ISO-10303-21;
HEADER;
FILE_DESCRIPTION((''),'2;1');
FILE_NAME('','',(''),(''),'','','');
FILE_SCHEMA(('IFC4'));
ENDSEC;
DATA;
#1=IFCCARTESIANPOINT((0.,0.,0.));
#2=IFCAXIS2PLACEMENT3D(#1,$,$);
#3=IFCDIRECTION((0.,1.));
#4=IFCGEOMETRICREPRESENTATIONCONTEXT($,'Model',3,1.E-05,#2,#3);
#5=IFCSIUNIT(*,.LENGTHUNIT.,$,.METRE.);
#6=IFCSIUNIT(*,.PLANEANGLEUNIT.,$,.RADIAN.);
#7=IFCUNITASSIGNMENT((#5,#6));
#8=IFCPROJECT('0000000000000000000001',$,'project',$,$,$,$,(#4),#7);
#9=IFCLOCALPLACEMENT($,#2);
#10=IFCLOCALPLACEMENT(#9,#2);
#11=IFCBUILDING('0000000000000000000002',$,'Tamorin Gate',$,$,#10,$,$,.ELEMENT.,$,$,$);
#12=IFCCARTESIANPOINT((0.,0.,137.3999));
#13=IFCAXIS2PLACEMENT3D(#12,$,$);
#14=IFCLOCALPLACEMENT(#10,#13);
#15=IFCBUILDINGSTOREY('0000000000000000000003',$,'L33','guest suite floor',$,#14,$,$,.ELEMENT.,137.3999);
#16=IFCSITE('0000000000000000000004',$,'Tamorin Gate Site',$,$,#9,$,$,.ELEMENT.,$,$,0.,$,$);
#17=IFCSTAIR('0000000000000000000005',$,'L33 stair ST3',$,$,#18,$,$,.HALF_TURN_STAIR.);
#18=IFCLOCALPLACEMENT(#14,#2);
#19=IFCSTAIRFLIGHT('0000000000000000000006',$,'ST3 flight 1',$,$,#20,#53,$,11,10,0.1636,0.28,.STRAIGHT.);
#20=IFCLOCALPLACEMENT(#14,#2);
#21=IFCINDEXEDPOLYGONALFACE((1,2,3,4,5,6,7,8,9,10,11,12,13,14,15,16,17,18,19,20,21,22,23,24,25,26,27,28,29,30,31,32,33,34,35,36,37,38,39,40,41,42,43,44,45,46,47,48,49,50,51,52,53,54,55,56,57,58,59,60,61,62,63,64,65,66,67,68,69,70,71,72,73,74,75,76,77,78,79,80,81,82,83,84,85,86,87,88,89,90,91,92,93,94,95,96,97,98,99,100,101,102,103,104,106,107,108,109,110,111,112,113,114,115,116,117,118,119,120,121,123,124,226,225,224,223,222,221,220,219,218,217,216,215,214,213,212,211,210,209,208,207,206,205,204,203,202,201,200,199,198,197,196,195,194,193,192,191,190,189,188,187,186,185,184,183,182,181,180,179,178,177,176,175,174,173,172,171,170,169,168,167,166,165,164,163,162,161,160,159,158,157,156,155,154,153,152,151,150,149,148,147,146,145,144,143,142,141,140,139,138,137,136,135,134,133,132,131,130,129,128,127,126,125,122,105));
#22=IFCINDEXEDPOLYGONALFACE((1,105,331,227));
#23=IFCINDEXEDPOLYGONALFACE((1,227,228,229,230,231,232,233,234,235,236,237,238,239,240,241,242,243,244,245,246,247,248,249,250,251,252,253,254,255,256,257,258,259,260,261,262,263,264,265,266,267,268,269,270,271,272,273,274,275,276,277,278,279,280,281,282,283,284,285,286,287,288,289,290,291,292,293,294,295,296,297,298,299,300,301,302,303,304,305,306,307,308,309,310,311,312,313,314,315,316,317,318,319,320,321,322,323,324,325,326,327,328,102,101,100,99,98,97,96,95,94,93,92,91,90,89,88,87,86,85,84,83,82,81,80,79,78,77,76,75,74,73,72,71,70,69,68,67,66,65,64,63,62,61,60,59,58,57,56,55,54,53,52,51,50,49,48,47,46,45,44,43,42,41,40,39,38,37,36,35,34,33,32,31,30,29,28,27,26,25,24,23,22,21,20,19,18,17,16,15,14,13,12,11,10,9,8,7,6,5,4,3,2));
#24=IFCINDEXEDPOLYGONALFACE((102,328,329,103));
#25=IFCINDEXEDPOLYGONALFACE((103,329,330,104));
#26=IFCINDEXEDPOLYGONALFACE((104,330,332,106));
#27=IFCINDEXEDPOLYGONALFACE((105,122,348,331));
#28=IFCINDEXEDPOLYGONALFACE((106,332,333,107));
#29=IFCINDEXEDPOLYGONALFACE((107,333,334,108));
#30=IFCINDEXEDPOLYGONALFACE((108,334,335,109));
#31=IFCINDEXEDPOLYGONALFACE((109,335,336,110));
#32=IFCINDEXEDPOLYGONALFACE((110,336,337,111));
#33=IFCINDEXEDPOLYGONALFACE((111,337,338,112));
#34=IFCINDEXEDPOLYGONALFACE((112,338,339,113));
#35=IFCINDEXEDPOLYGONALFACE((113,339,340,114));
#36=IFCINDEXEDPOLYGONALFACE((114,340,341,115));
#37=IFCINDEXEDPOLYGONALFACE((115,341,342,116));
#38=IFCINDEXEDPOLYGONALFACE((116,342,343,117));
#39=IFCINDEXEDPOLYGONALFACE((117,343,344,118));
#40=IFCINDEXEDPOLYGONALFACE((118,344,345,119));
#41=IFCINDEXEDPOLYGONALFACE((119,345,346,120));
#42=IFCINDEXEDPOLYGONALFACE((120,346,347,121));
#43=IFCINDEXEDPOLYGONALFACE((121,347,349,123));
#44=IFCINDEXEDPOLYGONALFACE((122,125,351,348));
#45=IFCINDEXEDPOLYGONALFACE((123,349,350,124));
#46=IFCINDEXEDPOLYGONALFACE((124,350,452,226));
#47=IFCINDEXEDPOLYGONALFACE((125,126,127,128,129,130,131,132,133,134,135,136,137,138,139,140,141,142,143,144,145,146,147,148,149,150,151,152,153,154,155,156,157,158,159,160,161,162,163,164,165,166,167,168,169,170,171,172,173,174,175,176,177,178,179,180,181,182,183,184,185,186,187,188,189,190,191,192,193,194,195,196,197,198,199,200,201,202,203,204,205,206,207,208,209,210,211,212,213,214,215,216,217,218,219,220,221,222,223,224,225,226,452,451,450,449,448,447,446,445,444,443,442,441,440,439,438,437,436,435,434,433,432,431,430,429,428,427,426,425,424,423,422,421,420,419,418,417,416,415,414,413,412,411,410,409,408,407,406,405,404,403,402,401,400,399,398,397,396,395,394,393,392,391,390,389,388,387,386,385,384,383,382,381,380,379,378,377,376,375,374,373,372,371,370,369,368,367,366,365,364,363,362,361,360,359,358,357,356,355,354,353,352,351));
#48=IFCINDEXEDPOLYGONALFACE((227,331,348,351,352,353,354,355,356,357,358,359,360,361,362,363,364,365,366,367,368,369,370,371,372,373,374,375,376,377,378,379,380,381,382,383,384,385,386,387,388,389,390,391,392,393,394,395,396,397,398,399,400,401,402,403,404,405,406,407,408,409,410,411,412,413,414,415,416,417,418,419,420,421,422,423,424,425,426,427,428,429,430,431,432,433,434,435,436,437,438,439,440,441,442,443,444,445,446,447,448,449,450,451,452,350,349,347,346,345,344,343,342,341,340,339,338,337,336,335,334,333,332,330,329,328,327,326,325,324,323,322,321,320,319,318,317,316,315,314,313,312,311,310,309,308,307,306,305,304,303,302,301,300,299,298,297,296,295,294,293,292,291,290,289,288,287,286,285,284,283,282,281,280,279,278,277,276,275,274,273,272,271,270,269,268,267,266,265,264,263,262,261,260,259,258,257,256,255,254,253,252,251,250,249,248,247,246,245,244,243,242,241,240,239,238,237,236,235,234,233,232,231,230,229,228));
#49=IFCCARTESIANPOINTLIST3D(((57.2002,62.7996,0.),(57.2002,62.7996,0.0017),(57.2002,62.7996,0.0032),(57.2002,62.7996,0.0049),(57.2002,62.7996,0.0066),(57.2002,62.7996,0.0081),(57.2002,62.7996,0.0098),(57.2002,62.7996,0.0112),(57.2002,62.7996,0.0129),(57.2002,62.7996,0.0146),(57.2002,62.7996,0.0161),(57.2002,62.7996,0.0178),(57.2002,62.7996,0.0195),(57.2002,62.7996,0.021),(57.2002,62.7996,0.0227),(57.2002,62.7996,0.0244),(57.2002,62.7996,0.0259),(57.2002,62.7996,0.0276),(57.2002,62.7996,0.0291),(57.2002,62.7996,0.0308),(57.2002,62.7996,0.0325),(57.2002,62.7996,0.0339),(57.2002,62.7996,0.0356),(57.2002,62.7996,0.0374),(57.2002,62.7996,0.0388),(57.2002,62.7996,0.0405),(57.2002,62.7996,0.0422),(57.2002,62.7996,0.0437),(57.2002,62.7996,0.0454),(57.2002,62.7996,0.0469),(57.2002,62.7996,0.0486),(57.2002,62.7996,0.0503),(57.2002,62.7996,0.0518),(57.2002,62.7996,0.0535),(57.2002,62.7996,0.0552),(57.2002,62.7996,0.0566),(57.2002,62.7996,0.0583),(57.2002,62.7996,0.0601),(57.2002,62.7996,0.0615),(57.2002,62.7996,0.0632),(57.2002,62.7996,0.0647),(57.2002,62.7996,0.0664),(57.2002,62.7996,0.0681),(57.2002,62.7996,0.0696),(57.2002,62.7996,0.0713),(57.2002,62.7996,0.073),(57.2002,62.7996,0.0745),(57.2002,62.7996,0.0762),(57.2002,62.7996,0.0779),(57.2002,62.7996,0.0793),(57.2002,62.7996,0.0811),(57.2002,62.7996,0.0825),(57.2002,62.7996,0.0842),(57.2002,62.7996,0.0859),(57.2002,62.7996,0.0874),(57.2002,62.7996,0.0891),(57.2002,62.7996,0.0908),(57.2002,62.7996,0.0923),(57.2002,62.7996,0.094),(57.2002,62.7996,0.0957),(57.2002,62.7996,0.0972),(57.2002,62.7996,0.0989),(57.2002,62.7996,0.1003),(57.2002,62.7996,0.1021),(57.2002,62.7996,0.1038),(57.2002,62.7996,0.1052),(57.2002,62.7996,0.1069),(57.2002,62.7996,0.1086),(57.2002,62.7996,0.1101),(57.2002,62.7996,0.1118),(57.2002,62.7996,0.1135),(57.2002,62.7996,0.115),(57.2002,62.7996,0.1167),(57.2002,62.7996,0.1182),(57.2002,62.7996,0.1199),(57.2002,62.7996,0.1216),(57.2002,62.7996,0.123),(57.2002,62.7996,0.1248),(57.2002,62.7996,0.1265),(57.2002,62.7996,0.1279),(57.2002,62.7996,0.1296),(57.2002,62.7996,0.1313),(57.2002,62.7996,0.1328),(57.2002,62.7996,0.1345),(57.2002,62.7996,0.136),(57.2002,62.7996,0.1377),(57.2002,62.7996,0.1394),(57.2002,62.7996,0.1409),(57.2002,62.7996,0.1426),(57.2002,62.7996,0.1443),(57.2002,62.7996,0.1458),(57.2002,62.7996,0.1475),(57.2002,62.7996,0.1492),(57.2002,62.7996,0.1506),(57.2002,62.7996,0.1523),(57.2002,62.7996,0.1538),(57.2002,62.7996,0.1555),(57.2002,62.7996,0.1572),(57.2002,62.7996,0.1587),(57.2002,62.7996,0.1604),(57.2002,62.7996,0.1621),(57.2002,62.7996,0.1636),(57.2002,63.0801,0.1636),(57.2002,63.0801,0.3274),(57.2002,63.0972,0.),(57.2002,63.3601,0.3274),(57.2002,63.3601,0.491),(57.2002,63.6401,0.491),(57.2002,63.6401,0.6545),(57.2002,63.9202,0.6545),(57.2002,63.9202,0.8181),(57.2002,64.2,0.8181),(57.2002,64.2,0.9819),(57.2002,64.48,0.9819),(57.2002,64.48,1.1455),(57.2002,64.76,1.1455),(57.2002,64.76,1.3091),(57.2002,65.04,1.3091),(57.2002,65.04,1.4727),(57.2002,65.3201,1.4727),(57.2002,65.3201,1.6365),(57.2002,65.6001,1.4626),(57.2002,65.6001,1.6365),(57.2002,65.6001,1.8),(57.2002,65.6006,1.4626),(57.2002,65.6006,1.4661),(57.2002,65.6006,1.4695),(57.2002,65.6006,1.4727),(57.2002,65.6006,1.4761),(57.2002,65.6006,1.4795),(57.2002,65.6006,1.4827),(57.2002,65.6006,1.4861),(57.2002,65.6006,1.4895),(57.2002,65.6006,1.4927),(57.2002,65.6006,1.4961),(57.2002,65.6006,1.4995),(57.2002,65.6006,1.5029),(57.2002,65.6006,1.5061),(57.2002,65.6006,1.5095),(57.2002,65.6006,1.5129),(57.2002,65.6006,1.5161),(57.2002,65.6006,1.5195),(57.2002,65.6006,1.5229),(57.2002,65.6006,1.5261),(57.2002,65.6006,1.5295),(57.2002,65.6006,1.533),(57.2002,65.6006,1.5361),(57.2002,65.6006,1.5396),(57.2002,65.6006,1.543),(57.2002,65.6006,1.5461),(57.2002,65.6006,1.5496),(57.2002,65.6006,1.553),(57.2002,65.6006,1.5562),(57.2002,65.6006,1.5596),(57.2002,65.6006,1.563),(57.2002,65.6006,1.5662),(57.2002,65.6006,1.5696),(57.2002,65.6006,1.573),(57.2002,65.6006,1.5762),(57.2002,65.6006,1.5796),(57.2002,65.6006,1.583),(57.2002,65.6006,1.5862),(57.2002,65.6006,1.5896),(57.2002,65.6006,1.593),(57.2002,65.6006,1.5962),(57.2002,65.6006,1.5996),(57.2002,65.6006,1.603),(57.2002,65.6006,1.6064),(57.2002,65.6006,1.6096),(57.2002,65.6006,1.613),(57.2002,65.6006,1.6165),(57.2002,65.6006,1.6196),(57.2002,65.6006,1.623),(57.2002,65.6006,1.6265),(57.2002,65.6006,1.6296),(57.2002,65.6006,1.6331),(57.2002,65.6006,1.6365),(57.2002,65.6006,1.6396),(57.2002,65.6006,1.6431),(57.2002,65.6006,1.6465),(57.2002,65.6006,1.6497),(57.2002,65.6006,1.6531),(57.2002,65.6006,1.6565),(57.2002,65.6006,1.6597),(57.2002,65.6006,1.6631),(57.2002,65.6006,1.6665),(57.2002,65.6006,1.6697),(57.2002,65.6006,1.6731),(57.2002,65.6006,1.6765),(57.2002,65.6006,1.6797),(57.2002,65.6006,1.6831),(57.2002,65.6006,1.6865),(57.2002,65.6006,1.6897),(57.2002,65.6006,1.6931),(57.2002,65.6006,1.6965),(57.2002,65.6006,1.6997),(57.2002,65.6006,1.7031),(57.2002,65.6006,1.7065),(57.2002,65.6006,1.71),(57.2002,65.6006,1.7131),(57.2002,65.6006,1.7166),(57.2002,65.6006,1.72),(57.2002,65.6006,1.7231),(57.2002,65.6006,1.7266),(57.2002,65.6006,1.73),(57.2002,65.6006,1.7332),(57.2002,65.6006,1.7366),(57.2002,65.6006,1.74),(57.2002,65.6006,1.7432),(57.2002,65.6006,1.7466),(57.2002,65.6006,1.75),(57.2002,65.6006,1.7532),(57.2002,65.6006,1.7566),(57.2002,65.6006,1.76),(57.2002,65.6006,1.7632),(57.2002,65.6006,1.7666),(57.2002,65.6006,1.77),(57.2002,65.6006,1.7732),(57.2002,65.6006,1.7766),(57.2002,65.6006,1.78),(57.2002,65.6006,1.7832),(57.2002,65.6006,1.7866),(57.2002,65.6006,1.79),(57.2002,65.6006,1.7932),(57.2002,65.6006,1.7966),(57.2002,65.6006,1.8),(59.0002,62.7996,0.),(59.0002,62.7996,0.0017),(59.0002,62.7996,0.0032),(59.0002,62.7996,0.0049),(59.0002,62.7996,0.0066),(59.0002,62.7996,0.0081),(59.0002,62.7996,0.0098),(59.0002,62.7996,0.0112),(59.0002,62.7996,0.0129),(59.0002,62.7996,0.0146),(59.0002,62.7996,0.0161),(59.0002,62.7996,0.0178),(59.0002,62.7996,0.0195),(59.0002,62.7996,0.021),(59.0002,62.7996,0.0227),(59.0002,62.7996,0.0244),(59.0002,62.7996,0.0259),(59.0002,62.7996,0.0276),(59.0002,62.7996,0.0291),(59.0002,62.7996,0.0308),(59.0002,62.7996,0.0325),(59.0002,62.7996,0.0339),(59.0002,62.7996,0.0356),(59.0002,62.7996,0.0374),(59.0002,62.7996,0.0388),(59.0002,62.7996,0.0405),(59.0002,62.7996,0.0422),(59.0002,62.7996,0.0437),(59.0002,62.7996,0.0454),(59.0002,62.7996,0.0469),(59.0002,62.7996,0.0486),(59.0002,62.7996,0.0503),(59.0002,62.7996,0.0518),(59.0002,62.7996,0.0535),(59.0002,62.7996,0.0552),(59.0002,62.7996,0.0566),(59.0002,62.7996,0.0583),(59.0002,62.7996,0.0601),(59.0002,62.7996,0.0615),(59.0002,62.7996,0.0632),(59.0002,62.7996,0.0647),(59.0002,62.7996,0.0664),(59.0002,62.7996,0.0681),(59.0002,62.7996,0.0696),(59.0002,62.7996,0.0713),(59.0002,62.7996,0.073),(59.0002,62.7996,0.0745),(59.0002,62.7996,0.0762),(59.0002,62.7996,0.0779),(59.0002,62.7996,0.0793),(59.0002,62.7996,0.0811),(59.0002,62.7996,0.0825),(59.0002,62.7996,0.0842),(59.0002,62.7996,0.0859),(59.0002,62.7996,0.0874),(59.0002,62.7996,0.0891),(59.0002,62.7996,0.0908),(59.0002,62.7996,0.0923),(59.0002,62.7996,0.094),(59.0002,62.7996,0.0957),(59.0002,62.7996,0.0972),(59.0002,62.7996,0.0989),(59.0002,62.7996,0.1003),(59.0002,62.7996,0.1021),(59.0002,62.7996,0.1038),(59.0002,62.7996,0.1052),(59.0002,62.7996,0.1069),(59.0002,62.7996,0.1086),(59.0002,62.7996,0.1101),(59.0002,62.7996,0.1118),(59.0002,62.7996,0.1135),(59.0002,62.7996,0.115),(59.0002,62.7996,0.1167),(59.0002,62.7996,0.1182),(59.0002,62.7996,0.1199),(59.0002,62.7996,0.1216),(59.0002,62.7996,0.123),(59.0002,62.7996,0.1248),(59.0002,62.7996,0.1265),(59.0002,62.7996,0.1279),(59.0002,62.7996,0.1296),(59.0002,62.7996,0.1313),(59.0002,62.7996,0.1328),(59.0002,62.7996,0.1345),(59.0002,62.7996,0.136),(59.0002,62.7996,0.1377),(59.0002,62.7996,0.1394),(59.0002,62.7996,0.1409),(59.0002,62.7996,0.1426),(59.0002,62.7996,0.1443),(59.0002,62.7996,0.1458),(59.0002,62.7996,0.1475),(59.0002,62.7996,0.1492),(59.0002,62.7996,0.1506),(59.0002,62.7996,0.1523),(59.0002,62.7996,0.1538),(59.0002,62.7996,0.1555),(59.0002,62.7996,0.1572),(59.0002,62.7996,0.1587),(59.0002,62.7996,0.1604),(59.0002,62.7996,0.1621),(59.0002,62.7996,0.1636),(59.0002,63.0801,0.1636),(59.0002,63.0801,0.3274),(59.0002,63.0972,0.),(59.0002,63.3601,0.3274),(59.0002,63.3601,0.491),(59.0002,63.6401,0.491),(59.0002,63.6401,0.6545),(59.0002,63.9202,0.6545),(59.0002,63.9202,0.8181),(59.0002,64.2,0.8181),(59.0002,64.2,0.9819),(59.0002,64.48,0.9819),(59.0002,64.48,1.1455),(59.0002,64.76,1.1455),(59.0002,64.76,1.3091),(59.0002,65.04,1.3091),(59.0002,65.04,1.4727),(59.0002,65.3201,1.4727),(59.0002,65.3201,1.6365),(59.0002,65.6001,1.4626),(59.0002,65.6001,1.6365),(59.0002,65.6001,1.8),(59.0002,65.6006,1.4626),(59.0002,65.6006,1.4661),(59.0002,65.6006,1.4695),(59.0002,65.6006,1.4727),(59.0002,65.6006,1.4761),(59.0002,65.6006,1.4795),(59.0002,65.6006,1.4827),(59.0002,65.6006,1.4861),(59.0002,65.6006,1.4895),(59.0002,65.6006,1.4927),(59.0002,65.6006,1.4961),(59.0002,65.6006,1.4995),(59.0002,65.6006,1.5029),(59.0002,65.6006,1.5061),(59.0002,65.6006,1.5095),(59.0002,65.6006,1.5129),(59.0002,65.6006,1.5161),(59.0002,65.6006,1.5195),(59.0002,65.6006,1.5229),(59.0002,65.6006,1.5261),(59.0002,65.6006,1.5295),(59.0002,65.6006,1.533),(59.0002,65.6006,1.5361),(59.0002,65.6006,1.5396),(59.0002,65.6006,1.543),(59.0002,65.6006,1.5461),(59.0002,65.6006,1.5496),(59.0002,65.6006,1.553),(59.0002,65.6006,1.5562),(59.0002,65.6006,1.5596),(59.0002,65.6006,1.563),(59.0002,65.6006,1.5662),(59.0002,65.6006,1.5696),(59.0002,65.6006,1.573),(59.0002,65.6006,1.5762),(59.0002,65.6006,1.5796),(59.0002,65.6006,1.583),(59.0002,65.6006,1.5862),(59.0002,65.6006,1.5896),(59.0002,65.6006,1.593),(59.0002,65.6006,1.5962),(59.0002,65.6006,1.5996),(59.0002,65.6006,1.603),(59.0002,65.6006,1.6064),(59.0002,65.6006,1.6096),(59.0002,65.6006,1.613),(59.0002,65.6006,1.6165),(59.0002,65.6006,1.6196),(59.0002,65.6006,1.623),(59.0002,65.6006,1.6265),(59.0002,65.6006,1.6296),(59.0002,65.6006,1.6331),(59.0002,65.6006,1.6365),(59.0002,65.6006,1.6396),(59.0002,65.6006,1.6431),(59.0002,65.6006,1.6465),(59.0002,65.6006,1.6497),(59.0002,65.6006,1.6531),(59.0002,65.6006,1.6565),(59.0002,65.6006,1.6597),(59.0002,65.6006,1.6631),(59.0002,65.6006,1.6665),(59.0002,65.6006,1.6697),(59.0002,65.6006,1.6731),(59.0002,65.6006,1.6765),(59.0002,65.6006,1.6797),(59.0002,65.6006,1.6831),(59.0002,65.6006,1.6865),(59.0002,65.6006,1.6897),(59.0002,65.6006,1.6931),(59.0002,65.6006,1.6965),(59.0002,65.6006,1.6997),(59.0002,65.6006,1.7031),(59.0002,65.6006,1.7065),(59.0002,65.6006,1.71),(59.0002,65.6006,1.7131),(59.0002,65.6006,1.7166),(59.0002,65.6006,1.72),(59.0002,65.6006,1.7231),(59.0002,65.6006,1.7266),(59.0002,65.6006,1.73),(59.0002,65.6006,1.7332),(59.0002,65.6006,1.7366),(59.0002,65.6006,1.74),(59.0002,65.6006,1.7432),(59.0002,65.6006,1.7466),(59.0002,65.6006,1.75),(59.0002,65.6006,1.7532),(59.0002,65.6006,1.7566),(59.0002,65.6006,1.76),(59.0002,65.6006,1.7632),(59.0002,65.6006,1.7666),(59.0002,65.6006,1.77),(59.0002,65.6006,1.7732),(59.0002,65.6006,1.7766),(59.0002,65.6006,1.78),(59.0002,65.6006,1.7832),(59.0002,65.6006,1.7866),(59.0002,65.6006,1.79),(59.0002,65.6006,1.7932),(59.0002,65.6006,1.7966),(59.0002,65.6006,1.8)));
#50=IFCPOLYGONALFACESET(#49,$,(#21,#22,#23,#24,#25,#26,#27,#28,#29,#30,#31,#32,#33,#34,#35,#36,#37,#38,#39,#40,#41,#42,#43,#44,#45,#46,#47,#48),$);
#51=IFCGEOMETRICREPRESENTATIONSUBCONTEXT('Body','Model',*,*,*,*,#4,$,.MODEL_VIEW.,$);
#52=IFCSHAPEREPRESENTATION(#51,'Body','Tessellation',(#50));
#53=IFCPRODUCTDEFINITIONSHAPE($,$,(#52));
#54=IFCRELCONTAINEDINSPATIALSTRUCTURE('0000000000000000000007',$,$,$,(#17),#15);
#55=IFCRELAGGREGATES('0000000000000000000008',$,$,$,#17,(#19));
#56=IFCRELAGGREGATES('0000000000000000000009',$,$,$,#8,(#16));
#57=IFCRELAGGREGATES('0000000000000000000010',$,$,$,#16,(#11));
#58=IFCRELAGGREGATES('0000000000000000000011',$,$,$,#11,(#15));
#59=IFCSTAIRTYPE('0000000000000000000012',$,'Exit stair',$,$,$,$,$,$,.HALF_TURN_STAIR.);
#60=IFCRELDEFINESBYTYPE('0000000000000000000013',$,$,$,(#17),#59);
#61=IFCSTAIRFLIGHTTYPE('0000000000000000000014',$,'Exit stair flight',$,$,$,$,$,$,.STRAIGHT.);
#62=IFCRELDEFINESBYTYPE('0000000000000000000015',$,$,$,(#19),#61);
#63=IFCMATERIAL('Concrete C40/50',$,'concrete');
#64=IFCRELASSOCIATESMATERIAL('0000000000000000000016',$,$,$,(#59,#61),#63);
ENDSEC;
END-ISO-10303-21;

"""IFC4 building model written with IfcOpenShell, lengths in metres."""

from ifc_helpers import new_model, si_unit, direction, frame, origin, place, context, subcontext, project, spatial, polyline, outline, extrude, material, type_object, element, aggregate, save


model = new_model("IFC4")

# Units and contexts
model_context = context("Model", 3, precision=1e-05, world=origin(), true_north=direction((0.0, 1.0)))
body_context = subcontext(model_context, "Body", "Model", "MODEL_VIEW")
ifc_project = project(units=[si_unit("LENGTHUNIT", "METRE"), si_unit("PLANEANGLEUNIT", "RADIAN")], contexts=[model_context])

# Site, building, storey
site_placement = place(None, origin())
site = spatial("IfcSite", under=ifc_project, at=site_placement, Name="Tamorin Gate Site", CompositionType="ELEMENT", RefElevation=0.0)
building_placement = place(site_placement, origin())
building = spatial("IfcBuilding", under=site, at=building_placement, Name="Tamorin Gate", CompositionType="ELEMENT")
storey_placement = place(building_placement, frame((0.0, 0.0, 137.3999)))
storey = spatial("IfcBuildingStorey", under=building, at=storey_placement, Name="L33", Description="guest suite floor", CompositionType="ELEMENT", Elevation=137.3999)

# Stair, stair flight
ifc_material_1 = material(Name="Concrete C40/50", Category="concrete")
stair_type = type_object("IfcStairType", Name="Exit stair", PredefinedType="HALF_TURN_STAIR", material=ifc_material_1)
stair_placement = place(storey_placement, origin())
stair = element("IfcStair", 1, at=stair_placement, inside=storey, type_object=stair_type, Name="L33 stair ST3", PredefinedType="HALF_TURN_STAIR")
stair_flight_type = type_object("IfcStairFlightType", Name="Exit stair flight", PredefinedType="STRAIGHT", material=ifc_material_1)
stair_flight_placement = place(storey_placement, frame((58.1001, 62.8, 0.0), z_axis=(0.0, 0.0, 1.0), x_axis=(0.0, 1.0, 0.0)))
stair_flight = element("IfcStairFlight", 2, at=stair_flight_placement, type_object=stair_flight_type, Name="ST3 flight 1", NumberOfRisers=11, NumberOfTreads=10, PredefinedType="STRAIGHT", RiserHeight=0.1636, TreadLength=0.28, context=body_context, shape_type="SweptSolid", body=[
    extrude(outline(polyline([(-0.0005, 0.0), (-0.0005, 0.0017), (-0.0005, 0.0032), (-0.0005, 0.0049), (-0.0005, 0.0066), (-0.0005, 0.0081), (-0.0005, 0.0098), (-0.0005, 0.0112), (-0.0005, 0.0129), (-0.0005, 0.0146), (-0.0005, 0.0161), (-0.0005, 0.0178), (-0.0005, 0.0195), (-0.0005, 0.021), (-0.0005, 0.0227), (-0.0005, 0.0244), (-0.0005, 0.0259), (-0.0005, 0.0276), (-0.0005, 0.0291), (-0.0005, 0.0308), (-0.0005, 0.0325), (-0.0005, 0.0339), (-0.0005, 0.0356), (-0.0005, 0.0374), (-0.0005, 0.0388), (-0.0005, 0.0405), (-0.0005, 0.0422), (-0.0005, 0.0437), (-0.0005, 0.0454), (-0.0005, 0.0469), (-0.0005, 0.0486), (-0.0005, 0.0503), (-0.0005, 0.0518), (-0.0005, 0.0535), (-0.0005, 0.0552), (-0.0005, 0.0566), (-0.0005, 0.0583), (-0.0005, 0.0601), (-0.0005, 0.0615), (-0.0005, 0.0632), (-0.0005, 0.0647), (-0.0005, 0.0664), (-0.0005, 0.0681), (-0.0005, 0.0696), (-0.0005, 0.0713), (-0.0005, 0.073), (-0.0005, 0.0745), (-0.0005, 0.0762), (-0.0005, 0.0779), (-0.0005, 0.0793), (-0.0005, 0.0811), (-0.0005, 0.0825), (-0.0005, 0.0842), (-0.0005, 0.0859), (-0.0005, 0.0874), (-0.0005, 0.0891), (-0.0005, 0.0908), (-0.0005, 0.0923), (-0.0005, 0.094), (-0.0005, 0.0957), (-0.0005, 0.0972), (-0.0005, 0.0989), (-0.0005, 0.1003), (-0.0005, 0.1021), (-0.0005, 0.1038), (-0.0005, 0.1052), (-0.0005, 0.1069), (-0.0005, 0.1086), (-0.0005, 0.1101), (-0.0005, 0.1118), (-0.0005, 0.1135), (-0.0005, 0.115), (-0.0005, 0.1167), (-0.0005, 0.1182), (-0.0005, 0.1199), (-0.0005, 0.1216), (-0.0005, 0.123), (-0.0005, 0.1248), (-0.0005, 0.1265), (-0.0005, 0.1279), (-0.0005, 0.1296), (-0.0005, 0.1313), (-0.0005, 0.1328), (-0.0005, 0.1345), (-0.0005, 0.136), (-0.0005, 0.1377), (-0.0005, 0.1394), (-0.0005, 0.1409), (-0.0005, 0.1426), (-0.0005, 0.1443), (-0.0005, 0.1458), (-0.0005, 0.1475), (-0.0005, 0.1492), (-0.0005, 0.1506), (-0.0005, 0.1523), (-0.0005, 0.1538), (-0.0005, 0.1555), (-0.0005, 0.1572), (-0.0005, 0.1587), (-0.0005, 0.1604), (-0.0005, 0.1621), (-0.0005, 0.1636), (0.28, 0.1636), (0.28, 0.3274), (0.5601, 0.3274), (0.5601, 0.491), (0.8401, 0.491), (0.8401, 0.6545), (1.1201, 0.6545), (1.1201, 0.8181), (1.3999, 0.8181), (1.3999, 0.9819), (1.6799, 0.9819), (1.6799, 1.1455), (1.96, 1.1455), (1.96, 1.3091), (2.24, 1.3091), (2.24, 1.4727), (2.52, 1.4727), (2.52, 1.6365), (2.8, 1.6365), (2.8, 1.8), (2.8005, 1.8), (2.8005, 1.7966), (2.8005, 1.7932), (2.8005, 1.79), (2.8005, 1.7866), (2.8005, 1.7832), (2.8005, 1.78), (2.8005, 1.7766), (2.8005, 1.7732), (2.8005, 1.77), (2.8005, 1.7666), (2.8005, 1.7632), (2.8005, 1.76), (2.8005, 1.7566), (2.8005, 1.7532), (2.8005, 1.75), (2.8005, 1.7466), (2.8005, 1.7432), (2.8005, 1.74), (2.8005, 1.7366), (2.8005, 1.7332), (2.8005, 1.73), (2.8005, 1.7266), (2.8005, 1.7231), (2.8005, 1.72), (2.8005, 1.7166), (2.8005, 1.7131), (2.8005, 1.71), (2.8005, 1.7065), (2.8005, 1.7031), (2.8005, 1.6997), (2.8005, 1.6965), (2.8005, 1.6931), (2.8005, 1.6897), (2.8005, 1.6865), (2.8005, 1.6831), (2.8005, 1.6797), (2.8005, 1.6765), (2.8005, 1.6731), (2.8005, 1.6697), (2.8005, 1.6665), (2.8005, 1.6631), (2.8005, 1.6597), (2.8005, 1.6565), (2.8005, 1.6531), (2.8005, 1.6497), (2.8005, 1.6465), (2.8005, 1.6431), (2.8005, 1.6396), (2.8005, 1.6365), (2.8005, 1.6331), (2.8005, 1.6296), (2.8005, 1.6265), (2.8005, 1.623), (2.8005, 1.6196), (2.8005, 1.6165), (2.8005, 1.613), (2.8005, 1.6096), (2.8005, 1.6064), (2.8005, 1.603), (2.8005, 1.5996), (2.8005, 1.5962), (2.8005, 1.593), (2.8005, 1.5896), (2.8005, 1.5862), (2.8005, 1.583), (2.8005, 1.5796), (2.8005, 1.5762), (2.8005, 1.573), (2.8005, 1.5696), (2.8005, 1.5662), (2.8005, 1.563), (2.8005, 1.5596), (2.8005, 1.5562), (2.8005, 1.553), (2.8005, 1.5496), (2.8005, 1.5461), (2.8005, 1.543), (2.8005, 1.5396), (2.8005, 1.5361), (2.8005, 1.533), (2.8005, 1.5295), (2.8005, 1.5261), (2.8005, 1.5229), (2.8005, 1.5195), (2.8005, 1.5161), (2.8005, 1.5129), (2.8005, 1.5095), (2.8005, 1.5061), (2.8005, 1.5029), (2.8005, 1.4995), (2.8005, 1.4961), (2.8005, 1.4927), (2.8005, 1.4895), (2.8005, 1.4861), (2.8005, 1.4827), (2.8005, 1.4795), (2.8005, 1.4761), (2.8005, 1.4727), (2.8005, 1.4695), (2.8005, 1.4661), (2.8005, 1.4626), (2.8, 1.4626), (0.2971, 0.0), (-0.0005, 0.0)])), frame((0.0, 0.8999, 0.0), z_axis=(0.0, -1.0, 0.0), x_axis=(1.0, 0.0, 0.0)), (0.0, 0.0, 1.0), 1.8),
])
aggregate(stair, [stair_flight])

save(model, "model.ifc")
